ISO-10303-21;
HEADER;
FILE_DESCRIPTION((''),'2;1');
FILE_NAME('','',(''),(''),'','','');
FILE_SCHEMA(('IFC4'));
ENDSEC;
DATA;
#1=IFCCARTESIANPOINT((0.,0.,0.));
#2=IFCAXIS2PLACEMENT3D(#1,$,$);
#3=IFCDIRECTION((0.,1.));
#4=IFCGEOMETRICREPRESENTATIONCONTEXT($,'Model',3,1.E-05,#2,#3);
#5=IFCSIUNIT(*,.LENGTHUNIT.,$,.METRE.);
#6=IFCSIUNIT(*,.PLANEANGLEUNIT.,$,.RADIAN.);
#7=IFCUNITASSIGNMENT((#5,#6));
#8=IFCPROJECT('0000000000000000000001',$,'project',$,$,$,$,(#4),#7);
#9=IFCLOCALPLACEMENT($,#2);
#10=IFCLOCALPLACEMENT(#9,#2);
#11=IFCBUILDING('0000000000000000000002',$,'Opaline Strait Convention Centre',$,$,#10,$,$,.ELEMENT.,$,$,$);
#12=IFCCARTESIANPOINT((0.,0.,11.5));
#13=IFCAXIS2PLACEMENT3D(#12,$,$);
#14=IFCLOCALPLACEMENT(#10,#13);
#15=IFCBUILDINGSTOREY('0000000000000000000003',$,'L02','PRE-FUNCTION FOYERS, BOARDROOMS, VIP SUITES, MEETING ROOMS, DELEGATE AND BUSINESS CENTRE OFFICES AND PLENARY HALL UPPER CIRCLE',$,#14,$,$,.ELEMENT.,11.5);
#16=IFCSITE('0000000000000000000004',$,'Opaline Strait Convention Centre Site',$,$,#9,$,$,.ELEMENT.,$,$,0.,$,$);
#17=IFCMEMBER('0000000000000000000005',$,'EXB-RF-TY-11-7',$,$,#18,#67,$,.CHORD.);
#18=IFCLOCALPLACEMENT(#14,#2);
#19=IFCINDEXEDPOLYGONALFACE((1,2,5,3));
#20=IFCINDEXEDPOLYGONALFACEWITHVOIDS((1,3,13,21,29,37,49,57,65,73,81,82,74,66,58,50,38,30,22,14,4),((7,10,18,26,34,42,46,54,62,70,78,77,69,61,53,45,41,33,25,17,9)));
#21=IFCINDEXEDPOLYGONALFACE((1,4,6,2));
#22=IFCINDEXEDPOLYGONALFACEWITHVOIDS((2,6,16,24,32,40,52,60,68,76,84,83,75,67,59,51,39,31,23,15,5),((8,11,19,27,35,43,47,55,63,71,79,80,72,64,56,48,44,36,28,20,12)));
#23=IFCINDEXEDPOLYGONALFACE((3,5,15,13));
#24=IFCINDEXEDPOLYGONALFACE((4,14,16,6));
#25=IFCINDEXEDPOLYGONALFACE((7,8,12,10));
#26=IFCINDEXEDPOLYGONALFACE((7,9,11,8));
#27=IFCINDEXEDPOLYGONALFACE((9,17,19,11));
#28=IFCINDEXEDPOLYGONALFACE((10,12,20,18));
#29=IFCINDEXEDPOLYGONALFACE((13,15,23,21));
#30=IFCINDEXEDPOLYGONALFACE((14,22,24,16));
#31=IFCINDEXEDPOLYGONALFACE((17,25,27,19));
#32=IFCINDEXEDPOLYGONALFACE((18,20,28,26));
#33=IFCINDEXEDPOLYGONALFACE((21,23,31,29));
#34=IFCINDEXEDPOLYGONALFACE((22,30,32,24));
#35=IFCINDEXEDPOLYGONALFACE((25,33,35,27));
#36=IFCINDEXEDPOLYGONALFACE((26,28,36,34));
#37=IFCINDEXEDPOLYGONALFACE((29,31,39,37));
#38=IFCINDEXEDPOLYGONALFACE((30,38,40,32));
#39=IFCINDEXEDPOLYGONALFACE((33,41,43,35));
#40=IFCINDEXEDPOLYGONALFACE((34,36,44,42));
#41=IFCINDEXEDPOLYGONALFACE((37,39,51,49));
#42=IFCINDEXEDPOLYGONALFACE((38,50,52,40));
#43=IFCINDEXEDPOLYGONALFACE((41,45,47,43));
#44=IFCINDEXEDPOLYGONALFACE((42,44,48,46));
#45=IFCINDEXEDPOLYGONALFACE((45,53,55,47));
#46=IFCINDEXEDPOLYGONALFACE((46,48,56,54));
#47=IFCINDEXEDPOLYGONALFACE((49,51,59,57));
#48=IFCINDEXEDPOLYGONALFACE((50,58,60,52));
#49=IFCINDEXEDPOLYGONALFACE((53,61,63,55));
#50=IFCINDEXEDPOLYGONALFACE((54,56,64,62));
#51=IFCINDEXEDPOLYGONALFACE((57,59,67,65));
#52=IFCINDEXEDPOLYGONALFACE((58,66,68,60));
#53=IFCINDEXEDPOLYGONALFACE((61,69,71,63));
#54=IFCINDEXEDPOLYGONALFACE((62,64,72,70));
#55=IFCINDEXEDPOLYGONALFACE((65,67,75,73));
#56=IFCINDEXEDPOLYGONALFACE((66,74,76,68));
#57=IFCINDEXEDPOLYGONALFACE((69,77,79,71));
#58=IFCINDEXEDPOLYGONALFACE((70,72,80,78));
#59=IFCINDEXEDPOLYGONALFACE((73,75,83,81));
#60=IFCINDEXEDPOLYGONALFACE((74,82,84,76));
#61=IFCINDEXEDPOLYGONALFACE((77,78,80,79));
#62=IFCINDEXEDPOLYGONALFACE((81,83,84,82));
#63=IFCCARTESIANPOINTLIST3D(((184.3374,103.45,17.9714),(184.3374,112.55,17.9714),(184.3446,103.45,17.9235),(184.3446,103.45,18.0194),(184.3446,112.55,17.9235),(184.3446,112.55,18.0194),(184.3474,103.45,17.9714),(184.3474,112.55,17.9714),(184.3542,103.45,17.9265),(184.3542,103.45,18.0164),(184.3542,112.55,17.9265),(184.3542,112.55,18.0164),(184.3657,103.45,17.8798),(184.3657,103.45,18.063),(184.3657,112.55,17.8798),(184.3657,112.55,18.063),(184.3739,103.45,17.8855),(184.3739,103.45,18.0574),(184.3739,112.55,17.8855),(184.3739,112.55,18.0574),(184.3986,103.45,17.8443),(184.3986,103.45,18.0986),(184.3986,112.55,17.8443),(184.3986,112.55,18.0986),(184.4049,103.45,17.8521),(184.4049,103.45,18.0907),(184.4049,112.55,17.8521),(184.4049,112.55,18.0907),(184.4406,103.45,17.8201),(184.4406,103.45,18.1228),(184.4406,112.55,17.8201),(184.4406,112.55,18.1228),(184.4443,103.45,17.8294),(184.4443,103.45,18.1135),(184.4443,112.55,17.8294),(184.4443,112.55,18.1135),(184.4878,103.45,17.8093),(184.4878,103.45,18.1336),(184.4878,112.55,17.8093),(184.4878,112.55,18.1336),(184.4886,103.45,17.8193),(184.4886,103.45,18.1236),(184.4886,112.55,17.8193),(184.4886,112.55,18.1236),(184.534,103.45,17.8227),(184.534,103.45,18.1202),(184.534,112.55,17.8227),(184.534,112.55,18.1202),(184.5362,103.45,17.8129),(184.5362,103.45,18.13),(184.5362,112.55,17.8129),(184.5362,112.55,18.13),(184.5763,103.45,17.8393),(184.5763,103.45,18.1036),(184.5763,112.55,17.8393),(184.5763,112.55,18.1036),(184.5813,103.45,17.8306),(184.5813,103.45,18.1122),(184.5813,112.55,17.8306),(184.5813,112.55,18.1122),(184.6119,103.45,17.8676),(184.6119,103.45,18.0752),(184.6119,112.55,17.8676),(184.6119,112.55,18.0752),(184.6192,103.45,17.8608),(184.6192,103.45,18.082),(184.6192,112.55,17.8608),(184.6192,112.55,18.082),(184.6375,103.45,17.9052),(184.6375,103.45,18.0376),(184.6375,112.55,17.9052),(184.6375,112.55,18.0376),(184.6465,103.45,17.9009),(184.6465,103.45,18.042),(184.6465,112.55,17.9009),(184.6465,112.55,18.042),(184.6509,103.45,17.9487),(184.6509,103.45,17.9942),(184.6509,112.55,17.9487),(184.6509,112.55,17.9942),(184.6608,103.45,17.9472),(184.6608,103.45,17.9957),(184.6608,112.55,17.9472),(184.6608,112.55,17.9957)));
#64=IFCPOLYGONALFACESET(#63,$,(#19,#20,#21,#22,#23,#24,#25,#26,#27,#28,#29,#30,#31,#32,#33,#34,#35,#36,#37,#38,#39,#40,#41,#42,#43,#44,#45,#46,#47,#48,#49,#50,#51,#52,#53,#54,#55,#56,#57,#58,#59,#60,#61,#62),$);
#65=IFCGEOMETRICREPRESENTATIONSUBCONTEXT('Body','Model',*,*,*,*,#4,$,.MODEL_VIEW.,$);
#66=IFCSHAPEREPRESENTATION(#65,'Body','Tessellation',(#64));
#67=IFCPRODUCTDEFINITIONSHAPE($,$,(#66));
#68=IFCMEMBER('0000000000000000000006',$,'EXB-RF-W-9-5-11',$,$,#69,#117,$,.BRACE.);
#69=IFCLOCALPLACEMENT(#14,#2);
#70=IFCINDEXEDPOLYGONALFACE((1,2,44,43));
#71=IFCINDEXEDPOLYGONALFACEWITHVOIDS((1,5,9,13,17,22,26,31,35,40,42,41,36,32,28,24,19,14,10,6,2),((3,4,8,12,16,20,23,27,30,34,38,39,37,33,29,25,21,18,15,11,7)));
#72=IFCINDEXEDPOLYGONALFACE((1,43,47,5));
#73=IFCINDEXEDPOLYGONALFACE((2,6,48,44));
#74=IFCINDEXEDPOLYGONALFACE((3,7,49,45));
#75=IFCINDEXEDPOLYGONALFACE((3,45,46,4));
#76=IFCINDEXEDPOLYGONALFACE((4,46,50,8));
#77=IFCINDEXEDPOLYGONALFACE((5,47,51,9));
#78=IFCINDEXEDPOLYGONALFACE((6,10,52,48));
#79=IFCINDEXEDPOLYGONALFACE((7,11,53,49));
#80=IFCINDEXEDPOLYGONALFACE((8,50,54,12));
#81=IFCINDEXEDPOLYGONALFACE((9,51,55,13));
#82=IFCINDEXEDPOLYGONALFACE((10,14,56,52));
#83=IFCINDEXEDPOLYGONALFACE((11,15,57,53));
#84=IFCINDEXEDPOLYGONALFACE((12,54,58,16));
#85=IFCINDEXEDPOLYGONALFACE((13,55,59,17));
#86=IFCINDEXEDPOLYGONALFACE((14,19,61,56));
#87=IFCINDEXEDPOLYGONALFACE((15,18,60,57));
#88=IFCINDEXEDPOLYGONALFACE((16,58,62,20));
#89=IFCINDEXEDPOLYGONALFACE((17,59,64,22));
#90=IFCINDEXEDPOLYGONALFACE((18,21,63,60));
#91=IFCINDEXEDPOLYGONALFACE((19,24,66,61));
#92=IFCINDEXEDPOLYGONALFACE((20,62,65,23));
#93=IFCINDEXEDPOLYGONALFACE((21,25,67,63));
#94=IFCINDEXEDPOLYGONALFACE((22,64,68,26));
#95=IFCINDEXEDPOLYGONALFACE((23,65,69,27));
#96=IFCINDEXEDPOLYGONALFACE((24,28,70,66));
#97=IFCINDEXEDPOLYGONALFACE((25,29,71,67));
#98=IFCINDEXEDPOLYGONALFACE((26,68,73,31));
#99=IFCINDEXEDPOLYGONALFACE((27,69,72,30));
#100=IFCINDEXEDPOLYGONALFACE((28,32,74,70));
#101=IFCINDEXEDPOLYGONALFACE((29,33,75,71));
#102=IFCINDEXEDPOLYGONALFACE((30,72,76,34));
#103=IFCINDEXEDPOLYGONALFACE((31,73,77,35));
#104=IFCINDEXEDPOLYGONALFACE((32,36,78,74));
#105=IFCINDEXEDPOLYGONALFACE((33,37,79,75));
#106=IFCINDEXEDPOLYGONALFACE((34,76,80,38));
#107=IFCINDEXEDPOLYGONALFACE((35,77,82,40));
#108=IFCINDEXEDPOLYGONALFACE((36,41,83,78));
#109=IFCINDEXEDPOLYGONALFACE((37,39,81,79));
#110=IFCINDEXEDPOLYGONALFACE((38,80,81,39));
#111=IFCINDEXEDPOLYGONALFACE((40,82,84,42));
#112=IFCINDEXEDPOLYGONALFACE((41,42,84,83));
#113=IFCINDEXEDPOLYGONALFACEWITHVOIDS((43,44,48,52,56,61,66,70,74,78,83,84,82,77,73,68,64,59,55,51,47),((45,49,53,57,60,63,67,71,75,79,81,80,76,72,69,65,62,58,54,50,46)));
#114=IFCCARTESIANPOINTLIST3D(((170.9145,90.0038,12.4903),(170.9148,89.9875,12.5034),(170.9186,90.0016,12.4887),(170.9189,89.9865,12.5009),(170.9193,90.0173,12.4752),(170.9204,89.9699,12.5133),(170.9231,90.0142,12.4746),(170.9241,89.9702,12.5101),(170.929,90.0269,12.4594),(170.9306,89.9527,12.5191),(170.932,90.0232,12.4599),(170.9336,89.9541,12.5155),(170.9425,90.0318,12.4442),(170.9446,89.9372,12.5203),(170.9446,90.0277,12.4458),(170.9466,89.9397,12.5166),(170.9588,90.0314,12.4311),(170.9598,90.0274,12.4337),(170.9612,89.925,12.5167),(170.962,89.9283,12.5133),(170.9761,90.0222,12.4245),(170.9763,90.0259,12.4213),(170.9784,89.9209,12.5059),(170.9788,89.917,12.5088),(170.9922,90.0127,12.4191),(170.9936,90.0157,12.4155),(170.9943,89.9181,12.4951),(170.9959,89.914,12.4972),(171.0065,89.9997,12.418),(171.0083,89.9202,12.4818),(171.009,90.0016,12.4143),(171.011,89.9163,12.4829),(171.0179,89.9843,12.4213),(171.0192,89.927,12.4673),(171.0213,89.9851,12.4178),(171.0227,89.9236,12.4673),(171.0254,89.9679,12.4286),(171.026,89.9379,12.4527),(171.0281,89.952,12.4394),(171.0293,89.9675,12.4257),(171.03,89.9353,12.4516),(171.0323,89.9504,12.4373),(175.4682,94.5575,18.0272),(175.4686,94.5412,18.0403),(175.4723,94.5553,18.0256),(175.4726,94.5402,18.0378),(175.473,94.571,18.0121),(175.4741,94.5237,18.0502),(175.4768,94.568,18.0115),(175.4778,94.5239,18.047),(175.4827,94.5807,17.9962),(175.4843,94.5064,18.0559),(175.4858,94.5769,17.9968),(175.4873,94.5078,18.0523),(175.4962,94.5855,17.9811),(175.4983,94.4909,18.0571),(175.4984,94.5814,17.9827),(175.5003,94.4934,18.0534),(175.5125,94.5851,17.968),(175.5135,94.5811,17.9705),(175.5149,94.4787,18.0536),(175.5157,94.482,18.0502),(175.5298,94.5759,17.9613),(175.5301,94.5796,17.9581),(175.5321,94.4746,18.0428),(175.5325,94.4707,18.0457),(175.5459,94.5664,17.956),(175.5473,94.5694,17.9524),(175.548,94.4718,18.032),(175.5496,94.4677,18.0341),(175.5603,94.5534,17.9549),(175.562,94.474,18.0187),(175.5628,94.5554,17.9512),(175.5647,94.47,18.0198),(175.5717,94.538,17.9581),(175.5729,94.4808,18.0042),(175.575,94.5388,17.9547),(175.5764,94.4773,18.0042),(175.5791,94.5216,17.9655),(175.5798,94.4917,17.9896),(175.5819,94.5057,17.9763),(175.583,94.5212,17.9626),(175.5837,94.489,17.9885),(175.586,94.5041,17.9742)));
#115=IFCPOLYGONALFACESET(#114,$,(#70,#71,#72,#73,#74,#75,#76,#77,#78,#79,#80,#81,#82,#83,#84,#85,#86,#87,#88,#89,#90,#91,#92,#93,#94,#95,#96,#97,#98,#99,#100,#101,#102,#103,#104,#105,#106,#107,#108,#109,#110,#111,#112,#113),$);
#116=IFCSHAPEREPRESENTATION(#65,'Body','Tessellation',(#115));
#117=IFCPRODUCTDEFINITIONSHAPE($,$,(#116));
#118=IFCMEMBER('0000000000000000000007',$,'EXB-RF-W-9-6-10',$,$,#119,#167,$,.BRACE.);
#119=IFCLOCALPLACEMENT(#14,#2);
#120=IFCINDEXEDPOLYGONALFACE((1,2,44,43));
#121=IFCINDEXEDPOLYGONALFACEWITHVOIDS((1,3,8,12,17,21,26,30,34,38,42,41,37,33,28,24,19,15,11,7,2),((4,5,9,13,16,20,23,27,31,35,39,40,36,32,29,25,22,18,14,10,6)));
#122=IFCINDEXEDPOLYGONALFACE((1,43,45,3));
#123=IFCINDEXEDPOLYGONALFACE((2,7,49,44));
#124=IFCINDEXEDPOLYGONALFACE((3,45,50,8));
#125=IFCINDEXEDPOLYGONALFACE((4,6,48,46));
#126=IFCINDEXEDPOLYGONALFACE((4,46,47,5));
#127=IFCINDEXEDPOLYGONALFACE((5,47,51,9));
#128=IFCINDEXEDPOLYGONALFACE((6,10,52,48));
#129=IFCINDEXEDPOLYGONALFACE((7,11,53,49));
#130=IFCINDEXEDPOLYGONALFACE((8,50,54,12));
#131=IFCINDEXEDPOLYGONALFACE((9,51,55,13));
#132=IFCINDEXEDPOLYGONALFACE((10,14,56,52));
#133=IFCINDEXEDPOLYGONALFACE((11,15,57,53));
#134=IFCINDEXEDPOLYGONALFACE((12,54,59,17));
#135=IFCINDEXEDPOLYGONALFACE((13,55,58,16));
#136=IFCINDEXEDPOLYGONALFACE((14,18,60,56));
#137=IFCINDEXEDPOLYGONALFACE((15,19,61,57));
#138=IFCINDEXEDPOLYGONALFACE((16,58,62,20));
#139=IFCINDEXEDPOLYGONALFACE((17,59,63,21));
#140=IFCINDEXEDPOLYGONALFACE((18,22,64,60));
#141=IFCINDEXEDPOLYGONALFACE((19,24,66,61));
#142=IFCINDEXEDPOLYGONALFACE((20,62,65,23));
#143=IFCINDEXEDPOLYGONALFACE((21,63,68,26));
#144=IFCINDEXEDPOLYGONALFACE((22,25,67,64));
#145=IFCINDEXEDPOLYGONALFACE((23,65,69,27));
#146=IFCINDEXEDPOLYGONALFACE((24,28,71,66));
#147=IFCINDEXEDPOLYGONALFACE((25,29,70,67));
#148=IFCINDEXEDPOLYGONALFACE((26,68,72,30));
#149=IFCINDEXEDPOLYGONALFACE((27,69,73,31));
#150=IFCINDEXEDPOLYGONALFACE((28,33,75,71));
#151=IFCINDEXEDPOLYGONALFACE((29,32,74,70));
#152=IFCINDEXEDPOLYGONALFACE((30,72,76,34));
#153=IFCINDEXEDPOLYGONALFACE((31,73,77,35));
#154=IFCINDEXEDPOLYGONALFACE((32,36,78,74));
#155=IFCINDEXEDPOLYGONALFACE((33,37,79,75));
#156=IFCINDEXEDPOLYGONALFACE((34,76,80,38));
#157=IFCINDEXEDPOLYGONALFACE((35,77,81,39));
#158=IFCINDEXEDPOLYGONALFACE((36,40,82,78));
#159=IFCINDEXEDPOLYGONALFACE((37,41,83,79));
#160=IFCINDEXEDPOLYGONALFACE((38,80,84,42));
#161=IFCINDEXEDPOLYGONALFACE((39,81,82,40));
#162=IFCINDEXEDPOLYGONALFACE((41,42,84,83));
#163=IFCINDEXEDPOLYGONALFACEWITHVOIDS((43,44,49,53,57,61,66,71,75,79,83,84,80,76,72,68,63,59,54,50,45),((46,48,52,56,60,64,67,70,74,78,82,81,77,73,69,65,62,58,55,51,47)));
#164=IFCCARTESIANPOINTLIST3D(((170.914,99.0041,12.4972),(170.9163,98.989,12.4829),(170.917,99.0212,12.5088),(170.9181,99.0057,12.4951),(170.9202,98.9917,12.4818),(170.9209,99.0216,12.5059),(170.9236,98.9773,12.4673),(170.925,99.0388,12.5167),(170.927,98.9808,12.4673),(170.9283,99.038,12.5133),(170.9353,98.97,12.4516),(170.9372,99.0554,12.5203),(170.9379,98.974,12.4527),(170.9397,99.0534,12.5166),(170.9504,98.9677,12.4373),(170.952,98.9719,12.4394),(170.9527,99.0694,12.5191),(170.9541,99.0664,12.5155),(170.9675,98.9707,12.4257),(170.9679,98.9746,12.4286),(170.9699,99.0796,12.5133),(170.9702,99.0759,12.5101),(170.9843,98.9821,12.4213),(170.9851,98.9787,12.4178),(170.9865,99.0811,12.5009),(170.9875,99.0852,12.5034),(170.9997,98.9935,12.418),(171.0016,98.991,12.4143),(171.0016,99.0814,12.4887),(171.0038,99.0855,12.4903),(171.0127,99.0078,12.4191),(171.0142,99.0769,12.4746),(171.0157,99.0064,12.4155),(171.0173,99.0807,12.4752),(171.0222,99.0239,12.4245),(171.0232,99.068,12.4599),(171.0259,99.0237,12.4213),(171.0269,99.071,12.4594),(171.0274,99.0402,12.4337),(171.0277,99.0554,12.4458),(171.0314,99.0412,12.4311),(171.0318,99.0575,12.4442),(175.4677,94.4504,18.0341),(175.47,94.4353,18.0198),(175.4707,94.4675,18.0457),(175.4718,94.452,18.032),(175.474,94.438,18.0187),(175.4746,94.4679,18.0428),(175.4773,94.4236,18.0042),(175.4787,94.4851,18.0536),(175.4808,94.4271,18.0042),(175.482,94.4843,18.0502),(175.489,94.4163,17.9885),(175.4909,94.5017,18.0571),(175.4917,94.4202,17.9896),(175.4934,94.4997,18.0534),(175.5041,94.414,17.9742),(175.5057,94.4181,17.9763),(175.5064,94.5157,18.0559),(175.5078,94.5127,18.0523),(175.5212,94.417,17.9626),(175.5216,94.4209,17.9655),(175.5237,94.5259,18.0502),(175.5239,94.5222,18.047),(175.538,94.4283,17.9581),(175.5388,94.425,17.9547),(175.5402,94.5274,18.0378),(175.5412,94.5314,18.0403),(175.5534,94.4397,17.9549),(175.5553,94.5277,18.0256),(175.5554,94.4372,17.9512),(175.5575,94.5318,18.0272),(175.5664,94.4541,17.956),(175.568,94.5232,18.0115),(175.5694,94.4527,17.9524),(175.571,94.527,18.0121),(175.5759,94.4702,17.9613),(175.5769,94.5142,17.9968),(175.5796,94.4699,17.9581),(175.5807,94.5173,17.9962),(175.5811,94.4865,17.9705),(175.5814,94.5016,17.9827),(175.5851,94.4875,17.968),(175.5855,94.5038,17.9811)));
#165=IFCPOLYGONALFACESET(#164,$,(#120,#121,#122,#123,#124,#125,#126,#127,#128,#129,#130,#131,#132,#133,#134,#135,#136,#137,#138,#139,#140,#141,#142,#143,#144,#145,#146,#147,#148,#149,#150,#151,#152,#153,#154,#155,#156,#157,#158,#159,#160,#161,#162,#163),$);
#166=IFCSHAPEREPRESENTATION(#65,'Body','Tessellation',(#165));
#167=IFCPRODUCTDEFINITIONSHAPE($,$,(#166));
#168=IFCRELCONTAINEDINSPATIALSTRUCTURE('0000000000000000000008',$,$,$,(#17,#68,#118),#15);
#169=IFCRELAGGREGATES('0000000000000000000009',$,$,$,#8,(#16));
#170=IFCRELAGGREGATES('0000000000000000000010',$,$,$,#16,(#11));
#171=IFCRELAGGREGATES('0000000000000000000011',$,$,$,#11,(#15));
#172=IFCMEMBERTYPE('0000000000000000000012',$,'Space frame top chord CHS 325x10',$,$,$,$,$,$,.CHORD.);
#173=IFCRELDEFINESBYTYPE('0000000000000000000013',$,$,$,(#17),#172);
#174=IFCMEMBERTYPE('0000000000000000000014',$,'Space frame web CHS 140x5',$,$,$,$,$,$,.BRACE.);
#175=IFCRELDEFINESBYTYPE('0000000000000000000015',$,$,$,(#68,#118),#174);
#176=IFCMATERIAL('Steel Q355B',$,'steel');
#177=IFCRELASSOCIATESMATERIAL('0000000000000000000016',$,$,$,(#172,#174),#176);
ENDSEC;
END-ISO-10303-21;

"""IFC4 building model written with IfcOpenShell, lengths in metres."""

from ifc_helpers import new_model, si_unit, direction, frame, origin, origin_2d, place, context, subcontext, project, spatial, hollow_circle, extrude, material, material_profile, profile_set, type_object, element, save


model = new_model("IFC4")

# Units and contexts
model_context = context("Model", 3, precision=1e-05, world=origin(), true_north=direction((0.0, 1.0)))
body_context = subcontext(model_context, "Body", "Model", "MODEL_VIEW")
ifc_project = project(units=[si_unit("LENGTHUNIT", "METRE"), si_unit("PLANEANGLEUNIT", "RADIAN")], contexts=[model_context])

# Site, building, storey
site_placement = place(None, origin())
site = spatial("IfcSite", under=ifc_project, at=site_placement, Name="Opaline Strait Convention Centre Site", CompositionType="ELEMENT", RefElevation=0.0)
building_placement = place(site_placement, origin())
building = spatial("IfcBuilding", under=site, at=building_placement, Name="Opaline Strait Convention Centre", CompositionType="ELEMENT")
storey_placement = place(building_placement, frame((0.0, 0.0, 11.5)))
storey = spatial("IfcBuildingStorey", under=building, at=storey_placement, Name="L02", Description="PRE-FUNCTION FOYERS, BOARDROOMS, VIP SUITES, MEETING ROOMS, DELEGATE AND BUSINESS CENTRE OFFICES AND PLENARY HALL UPPER CIRCLE", CompositionType="ELEMENT", Elevation=11.5)

# Members
ifc_material = material(Name="Steel Q355B", Category="steel")
ifc_material_profile_1 = material_profile(ifc_material, hollow_circle(Radius=0.1626, WallThickness=0.01, at=origin_2d()), Name="CHS 325x10")
ifc_profile_set_1 = profile_set([ifc_material_profile_1], Name="Steel Q355B")
member_type_1 = type_object("IfcMemberType", Name="Space frame top chord CHS 325x10", PredefinedType="CHORD", material=ifc_profile_set_1)
for number, where, z_axis, x_axis, name in (
    (1, (184.5, 103.45, 17.9714), (0.0, 1.0, 0.0), (-1.0, 0.0, 0.0), "EXB-RF-TY-11-7"),
):
    element("IfcMember", number, at=place(storey_placement, frame(where, z_axis=z_axis, x_axis=x_axis)), inside=storey, type_object=member_type_1, Name=name, PredefinedType="CHORD", context=body_context, shape_type="SweptSolid", body=[
        extrude(hollow_circle(Radius=0.1626, WallThickness=0.01, at=origin_2d()), origin(), (0.0, 0.0, 1.0), 9.1001),
    ])
ifc_material_profile_2 = material_profile(ifc_material, hollow_circle(Radius=0.0701, WallThickness=0.0049, at=origin_2d()), Name="CHS 140x5")
ifc_profile_set_2 = profile_set([ifc_material_profile_2], Name="Steel Q355B")
member_type_2 = type_object("IfcMemberType", Name="Space frame web CHS 140x5", PredefinedType="BRACE", material=ifc_profile_set_2)
for number, where, z_axis, x_axis, name in (
    (2, (175.5269, 94.5269, 18.0042), (-0.536178, -0.536178, -0.65194), (0.707107, -0.707107, 0.0), "EXB-RF-W-9-5-11"),
    (3, (175.5269, 94.4731, 18.0042), (-0.536178, 0.536178, -0.65194), (-0.707107, -0.707107, 0.0), "EXB-RF-W-9-6-10"),
):
    element("IfcMember", number, at=place(storey_placement, frame(where, z_axis=z_axis, x_axis=x_axis)), inside=storey, type_object=member_type_2, Name=name, PredefinedType="BRACE", context=body_context, shape_type="SweptSolid", body=[
        extrude(hollow_circle(Radius=0.0701, WallThickness=0.0049, at=origin_2d()), origin(), (0.0, 0.0, 1.0), 8.4929),
    ])

save(model, "model.ifc")
